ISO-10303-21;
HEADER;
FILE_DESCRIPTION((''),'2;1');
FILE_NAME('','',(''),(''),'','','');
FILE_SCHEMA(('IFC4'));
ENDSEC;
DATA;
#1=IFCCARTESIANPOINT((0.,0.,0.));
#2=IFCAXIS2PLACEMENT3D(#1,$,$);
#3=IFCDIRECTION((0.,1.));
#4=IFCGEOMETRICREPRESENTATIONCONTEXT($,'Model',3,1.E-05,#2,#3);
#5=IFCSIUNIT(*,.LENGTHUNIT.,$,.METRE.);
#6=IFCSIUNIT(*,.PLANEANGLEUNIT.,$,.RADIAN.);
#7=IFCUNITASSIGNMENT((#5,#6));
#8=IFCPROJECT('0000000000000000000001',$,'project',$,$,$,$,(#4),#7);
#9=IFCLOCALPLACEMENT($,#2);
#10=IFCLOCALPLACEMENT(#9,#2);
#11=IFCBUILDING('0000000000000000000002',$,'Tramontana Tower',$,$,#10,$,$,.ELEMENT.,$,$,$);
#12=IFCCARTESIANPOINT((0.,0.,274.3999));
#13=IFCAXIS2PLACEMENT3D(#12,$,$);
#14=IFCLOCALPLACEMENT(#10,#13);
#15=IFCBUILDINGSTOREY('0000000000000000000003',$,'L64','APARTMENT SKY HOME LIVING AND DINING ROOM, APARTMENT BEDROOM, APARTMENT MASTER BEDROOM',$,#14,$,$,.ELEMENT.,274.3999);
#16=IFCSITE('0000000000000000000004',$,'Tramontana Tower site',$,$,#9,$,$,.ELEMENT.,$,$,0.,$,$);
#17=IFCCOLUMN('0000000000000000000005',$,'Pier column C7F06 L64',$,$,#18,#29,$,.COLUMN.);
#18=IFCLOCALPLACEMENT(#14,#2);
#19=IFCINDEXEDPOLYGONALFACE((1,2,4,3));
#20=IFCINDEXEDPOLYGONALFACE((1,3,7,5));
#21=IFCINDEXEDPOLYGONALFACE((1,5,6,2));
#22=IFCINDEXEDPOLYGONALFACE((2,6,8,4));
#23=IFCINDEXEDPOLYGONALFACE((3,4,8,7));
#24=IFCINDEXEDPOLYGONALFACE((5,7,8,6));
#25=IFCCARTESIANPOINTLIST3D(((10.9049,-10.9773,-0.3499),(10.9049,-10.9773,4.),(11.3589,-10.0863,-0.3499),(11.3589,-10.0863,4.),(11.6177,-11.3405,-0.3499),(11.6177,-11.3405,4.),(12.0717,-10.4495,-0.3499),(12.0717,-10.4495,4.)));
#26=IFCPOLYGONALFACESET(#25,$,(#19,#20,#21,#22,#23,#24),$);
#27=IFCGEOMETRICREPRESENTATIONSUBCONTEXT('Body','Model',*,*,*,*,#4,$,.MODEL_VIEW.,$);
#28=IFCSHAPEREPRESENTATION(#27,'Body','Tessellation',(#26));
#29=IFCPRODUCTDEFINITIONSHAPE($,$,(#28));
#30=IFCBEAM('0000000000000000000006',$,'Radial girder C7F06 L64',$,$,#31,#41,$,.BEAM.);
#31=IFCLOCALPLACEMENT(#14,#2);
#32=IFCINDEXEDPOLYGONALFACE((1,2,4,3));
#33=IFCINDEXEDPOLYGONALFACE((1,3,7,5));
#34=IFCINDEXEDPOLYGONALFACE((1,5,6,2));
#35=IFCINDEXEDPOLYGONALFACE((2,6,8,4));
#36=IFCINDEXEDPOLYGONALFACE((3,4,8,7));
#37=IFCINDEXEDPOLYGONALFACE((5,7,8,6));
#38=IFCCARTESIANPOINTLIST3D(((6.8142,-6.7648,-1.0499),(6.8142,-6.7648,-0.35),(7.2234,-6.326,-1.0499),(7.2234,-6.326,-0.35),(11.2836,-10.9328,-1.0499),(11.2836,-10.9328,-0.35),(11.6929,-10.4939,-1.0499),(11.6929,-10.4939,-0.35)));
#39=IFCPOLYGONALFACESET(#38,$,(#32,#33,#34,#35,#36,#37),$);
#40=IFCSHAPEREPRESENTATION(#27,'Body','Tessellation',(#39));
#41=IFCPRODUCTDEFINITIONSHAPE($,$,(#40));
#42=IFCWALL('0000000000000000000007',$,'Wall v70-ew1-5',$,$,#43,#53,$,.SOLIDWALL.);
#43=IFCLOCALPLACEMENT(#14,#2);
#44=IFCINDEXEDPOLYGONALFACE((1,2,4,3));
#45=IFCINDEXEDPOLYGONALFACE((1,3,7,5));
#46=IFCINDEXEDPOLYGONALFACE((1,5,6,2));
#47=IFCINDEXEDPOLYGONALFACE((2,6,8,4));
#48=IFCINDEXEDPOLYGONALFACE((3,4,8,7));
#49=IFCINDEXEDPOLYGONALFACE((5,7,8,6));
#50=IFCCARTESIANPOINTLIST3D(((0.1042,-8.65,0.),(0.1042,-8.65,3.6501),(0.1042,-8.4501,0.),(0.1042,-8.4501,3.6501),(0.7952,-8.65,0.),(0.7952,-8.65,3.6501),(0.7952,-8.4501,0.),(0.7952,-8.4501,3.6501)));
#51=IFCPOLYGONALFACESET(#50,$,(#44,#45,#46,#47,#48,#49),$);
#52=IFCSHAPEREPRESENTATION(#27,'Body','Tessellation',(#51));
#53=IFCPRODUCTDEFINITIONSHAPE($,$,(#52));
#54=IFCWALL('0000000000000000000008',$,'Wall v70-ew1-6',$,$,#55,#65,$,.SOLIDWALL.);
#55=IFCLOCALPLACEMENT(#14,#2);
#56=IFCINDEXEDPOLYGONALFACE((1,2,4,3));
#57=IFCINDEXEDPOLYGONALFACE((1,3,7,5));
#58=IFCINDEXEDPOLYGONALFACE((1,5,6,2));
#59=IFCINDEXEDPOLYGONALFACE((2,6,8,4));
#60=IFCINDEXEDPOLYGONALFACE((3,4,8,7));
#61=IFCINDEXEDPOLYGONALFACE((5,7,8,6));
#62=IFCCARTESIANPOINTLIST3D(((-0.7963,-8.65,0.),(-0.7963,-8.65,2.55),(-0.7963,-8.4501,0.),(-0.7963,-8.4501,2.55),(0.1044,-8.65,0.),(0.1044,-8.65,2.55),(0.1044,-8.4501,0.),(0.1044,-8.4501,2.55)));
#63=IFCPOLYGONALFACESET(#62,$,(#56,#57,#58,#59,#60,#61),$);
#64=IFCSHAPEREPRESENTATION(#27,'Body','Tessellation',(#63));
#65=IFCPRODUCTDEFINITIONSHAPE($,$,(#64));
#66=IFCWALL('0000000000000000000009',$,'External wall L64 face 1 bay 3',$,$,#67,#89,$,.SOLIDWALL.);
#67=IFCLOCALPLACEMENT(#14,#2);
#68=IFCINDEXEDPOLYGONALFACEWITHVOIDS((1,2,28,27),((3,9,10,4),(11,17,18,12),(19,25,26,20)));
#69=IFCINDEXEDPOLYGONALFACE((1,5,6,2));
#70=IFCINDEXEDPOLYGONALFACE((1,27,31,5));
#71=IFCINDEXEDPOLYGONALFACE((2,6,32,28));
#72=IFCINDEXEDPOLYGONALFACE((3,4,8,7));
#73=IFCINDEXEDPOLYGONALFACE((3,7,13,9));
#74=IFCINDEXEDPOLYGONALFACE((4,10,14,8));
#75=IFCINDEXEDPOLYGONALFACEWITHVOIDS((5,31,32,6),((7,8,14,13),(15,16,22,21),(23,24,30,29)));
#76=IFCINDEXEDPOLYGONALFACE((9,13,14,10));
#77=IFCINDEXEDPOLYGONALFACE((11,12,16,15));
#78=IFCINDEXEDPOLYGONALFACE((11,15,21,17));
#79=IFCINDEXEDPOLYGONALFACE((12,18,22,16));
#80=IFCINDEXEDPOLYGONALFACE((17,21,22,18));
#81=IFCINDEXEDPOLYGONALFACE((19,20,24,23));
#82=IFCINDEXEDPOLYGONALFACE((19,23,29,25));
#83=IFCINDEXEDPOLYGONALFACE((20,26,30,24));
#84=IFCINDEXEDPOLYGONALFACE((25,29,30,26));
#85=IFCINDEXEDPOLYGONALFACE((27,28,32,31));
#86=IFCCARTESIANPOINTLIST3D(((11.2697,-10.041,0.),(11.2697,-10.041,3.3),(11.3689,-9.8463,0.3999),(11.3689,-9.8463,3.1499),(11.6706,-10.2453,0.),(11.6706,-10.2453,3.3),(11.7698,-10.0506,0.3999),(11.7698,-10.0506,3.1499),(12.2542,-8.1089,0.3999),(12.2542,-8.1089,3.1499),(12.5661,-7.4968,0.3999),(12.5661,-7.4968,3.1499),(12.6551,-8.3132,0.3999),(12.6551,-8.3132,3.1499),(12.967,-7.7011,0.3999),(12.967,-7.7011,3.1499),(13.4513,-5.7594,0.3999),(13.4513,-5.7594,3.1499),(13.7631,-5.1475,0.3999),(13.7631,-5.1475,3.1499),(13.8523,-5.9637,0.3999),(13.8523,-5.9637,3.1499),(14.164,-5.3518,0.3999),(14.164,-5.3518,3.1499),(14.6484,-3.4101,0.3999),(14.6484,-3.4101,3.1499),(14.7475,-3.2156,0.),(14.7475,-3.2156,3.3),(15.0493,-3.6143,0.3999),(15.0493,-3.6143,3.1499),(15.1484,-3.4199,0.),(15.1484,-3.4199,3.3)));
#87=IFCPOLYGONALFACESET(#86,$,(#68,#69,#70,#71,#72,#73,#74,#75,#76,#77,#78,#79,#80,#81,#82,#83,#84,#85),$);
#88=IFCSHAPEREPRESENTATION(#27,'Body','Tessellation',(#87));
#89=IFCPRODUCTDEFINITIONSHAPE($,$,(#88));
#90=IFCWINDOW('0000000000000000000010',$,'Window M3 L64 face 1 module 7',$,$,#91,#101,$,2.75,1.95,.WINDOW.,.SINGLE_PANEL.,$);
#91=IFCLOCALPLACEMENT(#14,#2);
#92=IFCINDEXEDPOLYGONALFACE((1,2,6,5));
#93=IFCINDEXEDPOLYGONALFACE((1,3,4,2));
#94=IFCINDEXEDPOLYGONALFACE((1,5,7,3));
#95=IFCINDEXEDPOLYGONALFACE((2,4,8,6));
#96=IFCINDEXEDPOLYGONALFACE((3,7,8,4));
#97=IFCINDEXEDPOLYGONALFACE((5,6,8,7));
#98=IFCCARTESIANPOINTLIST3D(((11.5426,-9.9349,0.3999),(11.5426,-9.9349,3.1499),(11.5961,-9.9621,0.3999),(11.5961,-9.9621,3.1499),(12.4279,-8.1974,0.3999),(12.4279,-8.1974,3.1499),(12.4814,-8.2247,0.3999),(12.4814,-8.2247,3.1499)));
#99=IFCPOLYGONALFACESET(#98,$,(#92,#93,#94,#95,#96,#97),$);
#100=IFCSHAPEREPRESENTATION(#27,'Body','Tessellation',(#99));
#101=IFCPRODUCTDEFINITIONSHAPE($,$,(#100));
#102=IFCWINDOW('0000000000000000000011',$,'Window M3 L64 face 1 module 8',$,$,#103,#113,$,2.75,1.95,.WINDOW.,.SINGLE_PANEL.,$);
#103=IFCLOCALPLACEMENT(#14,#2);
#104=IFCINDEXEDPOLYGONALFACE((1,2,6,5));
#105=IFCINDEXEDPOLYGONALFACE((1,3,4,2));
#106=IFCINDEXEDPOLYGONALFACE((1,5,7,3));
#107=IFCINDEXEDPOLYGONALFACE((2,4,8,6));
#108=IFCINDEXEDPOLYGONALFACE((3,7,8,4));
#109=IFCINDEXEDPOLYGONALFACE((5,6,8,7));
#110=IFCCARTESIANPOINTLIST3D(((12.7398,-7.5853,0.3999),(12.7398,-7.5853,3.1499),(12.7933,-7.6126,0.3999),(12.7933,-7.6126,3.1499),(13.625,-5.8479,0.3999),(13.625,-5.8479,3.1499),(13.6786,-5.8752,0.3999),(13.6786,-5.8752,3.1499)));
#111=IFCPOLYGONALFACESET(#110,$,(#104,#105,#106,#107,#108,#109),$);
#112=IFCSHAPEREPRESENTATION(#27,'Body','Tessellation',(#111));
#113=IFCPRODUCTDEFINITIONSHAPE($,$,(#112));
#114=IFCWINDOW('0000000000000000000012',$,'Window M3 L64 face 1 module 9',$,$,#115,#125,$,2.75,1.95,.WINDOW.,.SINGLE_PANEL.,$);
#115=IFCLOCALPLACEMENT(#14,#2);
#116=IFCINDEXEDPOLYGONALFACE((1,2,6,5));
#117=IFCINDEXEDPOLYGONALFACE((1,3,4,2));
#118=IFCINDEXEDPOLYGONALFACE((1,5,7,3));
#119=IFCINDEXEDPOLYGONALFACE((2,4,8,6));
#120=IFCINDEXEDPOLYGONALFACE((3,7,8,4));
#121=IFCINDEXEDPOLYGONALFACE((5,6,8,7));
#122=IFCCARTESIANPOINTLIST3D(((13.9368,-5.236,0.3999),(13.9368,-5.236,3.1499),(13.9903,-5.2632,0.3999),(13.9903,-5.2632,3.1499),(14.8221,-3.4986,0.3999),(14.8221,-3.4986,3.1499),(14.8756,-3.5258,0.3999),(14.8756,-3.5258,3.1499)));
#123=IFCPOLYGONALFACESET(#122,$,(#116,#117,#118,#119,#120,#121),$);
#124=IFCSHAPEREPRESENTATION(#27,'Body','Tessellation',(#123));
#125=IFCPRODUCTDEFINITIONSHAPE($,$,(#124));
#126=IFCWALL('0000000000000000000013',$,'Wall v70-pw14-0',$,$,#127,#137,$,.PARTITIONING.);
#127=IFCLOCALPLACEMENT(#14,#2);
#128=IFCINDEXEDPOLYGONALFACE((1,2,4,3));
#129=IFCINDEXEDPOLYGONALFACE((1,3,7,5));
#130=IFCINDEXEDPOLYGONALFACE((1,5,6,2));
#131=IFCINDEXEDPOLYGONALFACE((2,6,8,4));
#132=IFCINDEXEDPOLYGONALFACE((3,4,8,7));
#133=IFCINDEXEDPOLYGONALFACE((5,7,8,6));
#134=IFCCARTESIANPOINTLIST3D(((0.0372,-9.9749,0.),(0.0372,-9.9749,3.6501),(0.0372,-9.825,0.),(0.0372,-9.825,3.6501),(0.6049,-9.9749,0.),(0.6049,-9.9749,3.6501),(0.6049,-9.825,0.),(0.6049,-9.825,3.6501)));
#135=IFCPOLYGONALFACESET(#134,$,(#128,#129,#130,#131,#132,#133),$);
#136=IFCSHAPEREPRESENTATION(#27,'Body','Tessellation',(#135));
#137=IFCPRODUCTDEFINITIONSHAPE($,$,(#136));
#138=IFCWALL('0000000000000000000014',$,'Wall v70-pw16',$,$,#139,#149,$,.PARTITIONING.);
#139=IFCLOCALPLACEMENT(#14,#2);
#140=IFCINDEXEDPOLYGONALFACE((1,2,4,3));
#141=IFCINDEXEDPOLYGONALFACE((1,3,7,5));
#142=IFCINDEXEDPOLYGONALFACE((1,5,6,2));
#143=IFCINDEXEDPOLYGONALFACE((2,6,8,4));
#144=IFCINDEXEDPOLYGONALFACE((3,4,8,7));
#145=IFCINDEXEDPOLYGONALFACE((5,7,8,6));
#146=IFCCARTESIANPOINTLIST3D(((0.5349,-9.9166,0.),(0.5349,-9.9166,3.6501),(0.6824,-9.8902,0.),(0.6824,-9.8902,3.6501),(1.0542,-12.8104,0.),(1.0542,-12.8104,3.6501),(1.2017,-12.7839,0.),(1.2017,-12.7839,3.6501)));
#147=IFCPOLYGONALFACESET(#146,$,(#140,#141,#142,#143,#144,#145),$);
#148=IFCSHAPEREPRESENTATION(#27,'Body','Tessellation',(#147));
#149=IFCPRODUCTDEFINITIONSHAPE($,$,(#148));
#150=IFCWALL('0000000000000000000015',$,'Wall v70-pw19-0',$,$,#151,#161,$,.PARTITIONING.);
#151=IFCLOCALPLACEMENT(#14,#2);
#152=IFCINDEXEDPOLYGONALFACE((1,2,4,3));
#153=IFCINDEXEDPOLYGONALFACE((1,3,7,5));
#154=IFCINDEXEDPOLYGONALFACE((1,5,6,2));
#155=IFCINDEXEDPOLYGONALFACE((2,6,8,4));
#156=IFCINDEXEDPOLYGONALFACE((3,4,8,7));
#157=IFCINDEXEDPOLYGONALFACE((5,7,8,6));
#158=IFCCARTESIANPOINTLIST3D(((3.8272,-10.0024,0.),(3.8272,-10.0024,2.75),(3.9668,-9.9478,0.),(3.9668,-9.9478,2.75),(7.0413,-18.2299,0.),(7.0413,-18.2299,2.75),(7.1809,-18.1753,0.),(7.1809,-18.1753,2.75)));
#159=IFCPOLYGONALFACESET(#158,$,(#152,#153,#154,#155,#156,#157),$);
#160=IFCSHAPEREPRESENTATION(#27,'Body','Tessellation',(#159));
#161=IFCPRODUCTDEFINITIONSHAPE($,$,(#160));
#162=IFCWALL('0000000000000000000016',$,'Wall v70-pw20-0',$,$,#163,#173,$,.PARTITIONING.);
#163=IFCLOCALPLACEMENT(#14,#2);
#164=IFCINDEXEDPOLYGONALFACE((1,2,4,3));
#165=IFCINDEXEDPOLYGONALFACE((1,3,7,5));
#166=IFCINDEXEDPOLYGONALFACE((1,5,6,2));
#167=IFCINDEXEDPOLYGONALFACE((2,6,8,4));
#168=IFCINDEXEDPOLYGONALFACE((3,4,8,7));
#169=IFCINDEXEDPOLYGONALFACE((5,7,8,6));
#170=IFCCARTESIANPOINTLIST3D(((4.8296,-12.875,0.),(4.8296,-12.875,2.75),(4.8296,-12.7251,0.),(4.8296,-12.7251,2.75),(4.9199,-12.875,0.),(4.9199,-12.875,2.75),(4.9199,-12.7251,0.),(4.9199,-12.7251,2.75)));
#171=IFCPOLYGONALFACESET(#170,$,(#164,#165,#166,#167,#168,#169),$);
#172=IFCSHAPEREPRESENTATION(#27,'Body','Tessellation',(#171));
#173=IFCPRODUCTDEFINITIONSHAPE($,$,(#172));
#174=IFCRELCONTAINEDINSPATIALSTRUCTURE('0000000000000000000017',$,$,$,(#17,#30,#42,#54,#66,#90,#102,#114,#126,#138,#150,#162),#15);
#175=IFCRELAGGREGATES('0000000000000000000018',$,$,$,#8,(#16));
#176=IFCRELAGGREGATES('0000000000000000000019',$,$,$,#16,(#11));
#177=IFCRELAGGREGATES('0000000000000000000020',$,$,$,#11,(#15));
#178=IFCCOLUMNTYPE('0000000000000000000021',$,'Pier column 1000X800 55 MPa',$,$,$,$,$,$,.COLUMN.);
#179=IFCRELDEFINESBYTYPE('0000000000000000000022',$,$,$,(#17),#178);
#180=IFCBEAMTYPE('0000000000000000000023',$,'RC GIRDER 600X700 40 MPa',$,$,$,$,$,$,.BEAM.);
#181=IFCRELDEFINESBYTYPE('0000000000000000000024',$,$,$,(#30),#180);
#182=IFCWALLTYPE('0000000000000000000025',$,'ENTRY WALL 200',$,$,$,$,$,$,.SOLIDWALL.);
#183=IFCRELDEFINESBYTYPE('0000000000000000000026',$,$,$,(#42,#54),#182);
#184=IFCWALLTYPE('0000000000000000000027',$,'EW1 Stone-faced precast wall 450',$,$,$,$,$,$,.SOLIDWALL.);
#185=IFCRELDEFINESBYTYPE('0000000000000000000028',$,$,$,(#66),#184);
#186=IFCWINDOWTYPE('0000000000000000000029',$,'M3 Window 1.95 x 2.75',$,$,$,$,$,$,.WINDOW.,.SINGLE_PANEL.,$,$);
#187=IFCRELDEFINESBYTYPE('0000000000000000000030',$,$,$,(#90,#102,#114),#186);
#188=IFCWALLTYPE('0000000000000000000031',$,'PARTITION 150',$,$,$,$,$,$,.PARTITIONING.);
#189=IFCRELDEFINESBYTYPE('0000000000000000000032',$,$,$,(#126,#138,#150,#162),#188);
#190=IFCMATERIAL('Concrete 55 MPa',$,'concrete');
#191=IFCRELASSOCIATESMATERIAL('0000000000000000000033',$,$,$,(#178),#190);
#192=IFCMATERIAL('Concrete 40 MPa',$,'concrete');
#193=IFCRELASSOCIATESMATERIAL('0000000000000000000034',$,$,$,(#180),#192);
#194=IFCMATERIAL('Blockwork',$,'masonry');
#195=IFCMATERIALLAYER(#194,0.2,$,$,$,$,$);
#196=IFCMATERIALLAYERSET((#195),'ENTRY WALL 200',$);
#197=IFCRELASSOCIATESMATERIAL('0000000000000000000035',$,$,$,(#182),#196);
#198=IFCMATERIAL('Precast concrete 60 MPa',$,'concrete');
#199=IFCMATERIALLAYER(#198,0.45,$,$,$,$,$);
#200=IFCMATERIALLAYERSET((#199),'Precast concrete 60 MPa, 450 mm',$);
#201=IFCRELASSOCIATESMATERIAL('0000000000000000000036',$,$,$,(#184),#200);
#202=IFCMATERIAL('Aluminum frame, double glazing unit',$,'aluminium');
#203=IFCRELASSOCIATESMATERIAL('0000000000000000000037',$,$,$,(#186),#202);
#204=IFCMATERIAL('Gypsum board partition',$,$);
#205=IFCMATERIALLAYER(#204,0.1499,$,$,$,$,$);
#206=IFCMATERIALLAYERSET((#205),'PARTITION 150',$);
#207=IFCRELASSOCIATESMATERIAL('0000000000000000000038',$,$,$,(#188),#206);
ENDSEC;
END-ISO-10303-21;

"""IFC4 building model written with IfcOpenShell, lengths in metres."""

from ifc_helpers import new_model, si_unit, direction, frame, frame_2d, origin, origin_2d, place, context, subcontext, project, spatial, rectangle, extrude, material, layer, layer_set, material_profile, profile_set, type_object, element, fill, save


model = new_model("IFC4")

# Units and contexts
model_context = context("Model", 3, precision=1e-05, world=origin(), true_north=direction((0.0, 1.0)))
body_context = subcontext(model_context, "Body", "Model", "MODEL_VIEW")
ifc_project = project(units=[si_unit("LENGTHUNIT", "METRE"), si_unit("PLANEANGLEUNIT", "RADIAN")], contexts=[model_context])

# Site, building, storey
site_placement = place(None, origin())
site = spatial("IfcSite", under=ifc_project, at=site_placement, Name="Tramontana Tower site", CompositionType="ELEMENT", RefElevation=0.0)
building_placement = place(site_placement, origin())
building = spatial("IfcBuilding", under=site, at=building_placement, Name="Tramontana Tower", CompositionType="ELEMENT")
storey_placement = place(building_placement, frame((0.0, 0.0, 274.3999)))
storey = spatial("IfcBuildingStorey", under=building, at=storey_placement, Name="L64", Description="APARTMENT SKY HOME LIVING AND DINING ROOM, APARTMENT BEDROOM, APARTMENT MASTER BEDROOM", CompositionType="ELEMENT", Elevation=274.3999)

# Column
ifc_material_1 = material(Name="Concrete 55 MPa", Category="concrete")
ifc_material_profile_1 = material_profile(ifc_material_1, rectangle(XDim=1.0, YDim=0.8, at=origin_2d()), Name="Pier column 1000X800 55 MPa")
ifc_profile_set_1 = profile_set([ifc_material_profile_1], Name="Concrete 55 MPa")
column_type = type_object("IfcColumnType", Name="Pier column 1000X800 55 MPa", PredefinedType="COLUMN", material=ifc_profile_set_1)
column_placement = place(storey_placement, frame((11.4883, -10.7134, -0.3499), z_axis=(0.0, 0.0, 1.0), x_axis=(0.45399, 0.891007, 0.0)))
element("IfcColumn", 1, at=column_placement, inside=storey, type_object=column_type, Name="Pier column C7F06 L64", PredefinedType="COLUMN", context=body_context, shape_type="SweptSolid", body=[
    extrude(rectangle(XDim=1.0, YDim=0.8, at=origin_2d()), origin(), (0.0, 0.0, 1.0), 4.3499),
])

# Beam
ifc_material_2 = material(Name="Concrete 40 MPa", Category="concrete")
ifc_material_profile_2 = material_profile(ifc_material_2, rectangle(XDim=0.6001, YDim=0.7, at=origin_2d()), Name="RC GIRDER 600X700 40 MPa")
ifc_profile_set_2 = profile_set([ifc_material_profile_2], Name="Concrete 40 MPa")
beam_type = type_object("IfcBeamType", Name="RC GIRDER 600X700 40 MPa", PredefinedType="BEAM", material=ifc_profile_set_2)
beam_placement = place(storey_placement, frame((11.4883, -10.7134, -0.7), z_axis=(-0.731345, 0.682008, 0.0), x_axis=(-0.682008, -0.731345, 0.0)))
element("IfcBeam", 2, at=beam_placement, inside=storey, type_object=beam_type, Name="Radial girder C7F06 L64", PredefinedType="BEAM", context=body_context, shape_type="SweptSolid", body=[
    extrude(rectangle(XDim=0.6001, YDim=0.7, at=origin_2d()), origin(), (0.0, 0.0, 1.0), 6.1113),
])

# Shared definitions
ifc_material_3 = material(Name="Blockwork", Category="masonry")
ifc_layer_1 = layer(ifc_material_3, 0.2)
ifc_layer_set_1 = layer_set([ifc_layer_1], Name="ENTRY WALL 200")
wall_type_1 = type_object("IfcWallType", Name="ENTRY WALL 200", PredefinedType="SOLIDWALL", material=ifc_layer_set_1)

# Walls
wall_1_placement = place(storey_placement, frame((0.7952, -8.55, 0.0), z_axis=(0.0, 0.0, 1.0), x_axis=(-1.0, 0.0, 0.0)))
element("IfcWall", 3, at=wall_1_placement, inside=storey, type_object=wall_type_1, Name="Wall v70-ew1-5", PredefinedType="SOLIDWALL", context=body_context, shape_type="SweptSolid", body=[
    extrude(rectangle(XDim=0.6909, YDim=0.2, at=frame_2d((0.3455, 0.0))), origin(), (0.0, 0.0, 1.0), 3.6501),
])
wall_2_placement = place(storey_placement, frame((0.1042, -8.55, 0.0), z_axis=(0.0, 0.0, 1.0), x_axis=(-1.0, 0.0, 0.0)))
element("IfcWall", 4, at=wall_2_placement, inside=storey, type_object=wall_type_1, Name="Wall v70-ew1-6", PredefinedType="SOLIDWALL", context=body_context, shape_type="SweptSolid", body=[
    extrude(rectangle(XDim=0.9006, YDim=0.2, at=frame_2d((0.4502, 0.0))), origin(), (0.0, 0.0, 1.0), 2.55),
])

# Wall, openings, windows
ifc_material_4 = material(Name="Precast concrete 60 MPa", Category="concrete")
ifc_layer_2 = layer(ifc_material_4, 0.45)
ifc_layer_set_2 = layer_set([ifc_layer_2], Name="Precast concrete 60 MPa, 450 mm")
wall_type_2 = type_object("IfcWallType", Name="EW1 Stone-faced precast wall 450", PredefinedType="SOLIDWALL", material=ifc_layer_set_2)
wall_3_placement = place(storey_placement, frame((11.4702, -10.1431, 0.0), z_axis=(0.0, 0.0, 1.0), x_axis=(0.453995, 0.891004, 0.0)))
wall_3 = element("IfcWall", 5, at=wall_3_placement, inside=storey, type_object=wall_type_2, Name="External wall L64 face 1 bay 3", PredefinedType="SOLIDWALL", context=body_context, shape_type="SweptSolid", body=[
    extrude(rectangle(XDim=7.6604, YDim=0.45, at=frame_2d((3.8301, 0.0))), origin(), (0.0, 0.0, 1.0), 3.3),
])
opening_1_placement = place(wall_3_placement, frame((0.2183, 0.0, 0.3999)))
opening_1 = element("IfcOpeningElement", 6, at=opening_1_placement, cuts=wall_3, PredefinedType="OPENING", context=body_context, shape_type="SweptSolid", body=[
    extrude(rectangle(XDim=1.95, YDim=2.75, at=frame_2d((0.9751, 1.375))), frame((0.0, 0.2349, 0.0), z_axis=(0.0, -1.0, 0.0), x_axis=(1.0, 0.0, 0.0)), (0.0, 0.0, 1.0), 0.47),
])
opening_2_placement = place(wall_3_placement, frame((2.8552, 0.0, 0.3999)))
opening_2 = element("IfcOpeningElement", 7, at=opening_2_placement, cuts=wall_3, PredefinedType="OPENING", context=body_context, shape_type="SweptSolid", body=[
    extrude(rectangle(XDim=1.95, YDim=2.75, at=frame_2d((0.9751, 1.375))), frame((0.0, 0.2349, 0.0), z_axis=(0.0, -1.0, 0.0), x_axis=(1.0, 0.0, 0.0)), (0.0, 0.0, 1.0), 0.47),
])
opening_3_placement = place(wall_3_placement, frame((5.4919, 0.0, 0.3999)))
opening_3 = element("IfcOpeningElement", 8, at=opening_3_placement, cuts=wall_3, PredefinedType="OPENING", context=body_context, shape_type="SweptSolid", body=[
    extrude(rectangle(XDim=1.95, YDim=2.75, at=frame_2d((0.9751, 1.375))), frame((0.0, 0.2349, 0.0), z_axis=(0.0, -1.0, 0.0), x_axis=(1.0, 0.0, 0.0)), (0.0, 0.0, 1.0), 0.47),
])
ifc_material_5 = material(Name="Aluminum frame, double glazing unit", Category="aluminium")
window_type = type_object("IfcWindowType", Name="M3 Window 1.95 x 2.75", PartitioningType="SINGLE_PANEL", PredefinedType="WINDOW", material=ifc_material_5)
window_1_placement = place(opening_1_placement, origin())
window_1 = element("IfcWindow", 9, at=window_1_placement, inside=storey, type_object=window_type, Name="Window M3 L64 face 1 module 7", OverallHeight=2.75, OverallWidth=1.95, PartitioningType="SINGLE_PANEL", PredefinedType="WINDOW", context=body_context, shape_type="SweptSolid", body=[
    extrude(rectangle(XDim=1.95, YDim=2.75, at=frame_2d((0.9751, 1.375))), frame((0.0, 0.03, 0.0), z_axis=(0.0, -1.0, 0.0), x_axis=(1.0, 0.0, 0.0)), (0.0, 0.0, 1.0), 0.0601),
])
fill(opening_1, window_1)
window_2_placement = place(opening_2_placement, origin())
window_2 = element("IfcWindow", 10, at=window_2_placement, inside=storey, type_object=window_type, Name="Window M3 L64 face 1 module 8", OverallHeight=2.75, OverallWidth=1.95, PartitioningType="SINGLE_PANEL", PredefinedType="WINDOW", context=body_context, shape_type="SweptSolid", body=[
    extrude(rectangle(XDim=1.95, YDim=2.75, at=frame_2d((0.9751, 1.375))), frame((0.0, 0.03, 0.0), z_axis=(0.0, -1.0, 0.0), x_axis=(1.0, 0.0, 0.0)), (0.0, 0.0, 1.0), 0.0601),
])
fill(opening_2, window_2)
window_3_placement = place(opening_3_placement, origin())
window_3 = element("IfcWindow", 11, at=window_3_placement, inside=storey, type_object=window_type, Name="Window M3 L64 face 1 module 9", OverallHeight=2.75, OverallWidth=1.95, PartitioningType="SINGLE_PANEL", PredefinedType="WINDOW", context=body_context, shape_type="SweptSolid", body=[
    extrude(rectangle(XDim=1.95, YDim=2.75, at=frame_2d((0.9751, 1.375))), frame((0.0, 0.03, 0.0), z_axis=(0.0, -1.0, 0.0), x_axis=(1.0, 0.0, 0.0)), (0.0, 0.0, 1.0), 0.0601),
])
fill(opening_3, window_3)

# Wall
ifc_material_6 = material(Name="Gypsum board partition")
ifc_layer_3 = layer(ifc_material_6, 0.1499)
ifc_layer_set_3 = layer_set([ifc_layer_3], Name="PARTITION 150")
wall_type_3 = type_object("IfcWallType", Name="PARTITION 150", PredefinedType="PARTITIONING", material=ifc_layer_set_3)
wall_4_placement = place(storey_placement, frame((0.6047, -9.8999, 0.0), z_axis=(0.0, 0.0, 1.0), x_axis=(-1.0, 0.0, 0.0)))
element("IfcWall", 12, at=wall_4_placement, inside=storey, type_object=wall_type_3, Name="Wall v70-pw14-0", PredefinedType="PARTITIONING", context=body_context, shape_type="SweptSolid", body=[
    extrude(rectangle(XDim=0.5676, YDim=0.1499, at=frame_2d((0.2837, 0.0))), origin(), (0.0, 0.0, 1.0), 3.6501),
])

# Wall
wall_5_placement = place(storey_placement, frame((1.1279, -12.7971, 0.0), z_axis=(0.0, 0.0, 1.0), x_axis=(-0.176627, 0.984278, 0.0)))
element("IfcWall", 13, at=wall_5_placement, inside=storey, type_object=wall_type_3, Name="Wall v70-pw16", PredefinedType="PARTITIONING", context=body_context, shape_type="SweptSolid", body=[
    extrude(rectangle(XDim=2.9399, YDim=0.1499, at=frame_2d((1.47, 0.0))), origin(), (0.0, 0.0, 1.0), 3.6501),
])

# Walls
wall_6_placement = place(storey_placement, frame((3.897, -9.9751, 0.0), z_axis=(0.0, 0.0, 1.0), x_axis=(0.363873, -0.931449, 0.0)))
element("IfcWall", 14, at=wall_6_placement, inside=storey, type_object=wall_type_3, Name="Wall v70-pw19-0", PredefinedType="PARTITIONING", context=body_context, shape_type="SweptSolid", body=[
    extrude(rectangle(XDim=8.833, YDim=0.1499, at=frame_2d((4.4165, 0.0))), origin(), (0.0, 0.0, 1.0), 2.75),
])
wall_7_placement = place(storey_placement, frame((4.9199, -12.8, 0.0), z_axis=(0.0, 0.0, 1.0), x_axis=(-1.0, 0.0, 0.0)))
element("IfcWall", 15, at=wall_7_placement, inside=storey, type_object=wall_type_3, Name="Wall v70-pw20-0", PredefinedType="PARTITIONING", context=body_context, shape_type="SweptSolid", body=[
    extrude(rectangle(XDim=0.0903, YDim=0.1499, at=frame_2d((0.0452, 0.0))), origin(), (0.0, 0.0, 1.0), 2.75),
])

save(model, "model.ifc")
